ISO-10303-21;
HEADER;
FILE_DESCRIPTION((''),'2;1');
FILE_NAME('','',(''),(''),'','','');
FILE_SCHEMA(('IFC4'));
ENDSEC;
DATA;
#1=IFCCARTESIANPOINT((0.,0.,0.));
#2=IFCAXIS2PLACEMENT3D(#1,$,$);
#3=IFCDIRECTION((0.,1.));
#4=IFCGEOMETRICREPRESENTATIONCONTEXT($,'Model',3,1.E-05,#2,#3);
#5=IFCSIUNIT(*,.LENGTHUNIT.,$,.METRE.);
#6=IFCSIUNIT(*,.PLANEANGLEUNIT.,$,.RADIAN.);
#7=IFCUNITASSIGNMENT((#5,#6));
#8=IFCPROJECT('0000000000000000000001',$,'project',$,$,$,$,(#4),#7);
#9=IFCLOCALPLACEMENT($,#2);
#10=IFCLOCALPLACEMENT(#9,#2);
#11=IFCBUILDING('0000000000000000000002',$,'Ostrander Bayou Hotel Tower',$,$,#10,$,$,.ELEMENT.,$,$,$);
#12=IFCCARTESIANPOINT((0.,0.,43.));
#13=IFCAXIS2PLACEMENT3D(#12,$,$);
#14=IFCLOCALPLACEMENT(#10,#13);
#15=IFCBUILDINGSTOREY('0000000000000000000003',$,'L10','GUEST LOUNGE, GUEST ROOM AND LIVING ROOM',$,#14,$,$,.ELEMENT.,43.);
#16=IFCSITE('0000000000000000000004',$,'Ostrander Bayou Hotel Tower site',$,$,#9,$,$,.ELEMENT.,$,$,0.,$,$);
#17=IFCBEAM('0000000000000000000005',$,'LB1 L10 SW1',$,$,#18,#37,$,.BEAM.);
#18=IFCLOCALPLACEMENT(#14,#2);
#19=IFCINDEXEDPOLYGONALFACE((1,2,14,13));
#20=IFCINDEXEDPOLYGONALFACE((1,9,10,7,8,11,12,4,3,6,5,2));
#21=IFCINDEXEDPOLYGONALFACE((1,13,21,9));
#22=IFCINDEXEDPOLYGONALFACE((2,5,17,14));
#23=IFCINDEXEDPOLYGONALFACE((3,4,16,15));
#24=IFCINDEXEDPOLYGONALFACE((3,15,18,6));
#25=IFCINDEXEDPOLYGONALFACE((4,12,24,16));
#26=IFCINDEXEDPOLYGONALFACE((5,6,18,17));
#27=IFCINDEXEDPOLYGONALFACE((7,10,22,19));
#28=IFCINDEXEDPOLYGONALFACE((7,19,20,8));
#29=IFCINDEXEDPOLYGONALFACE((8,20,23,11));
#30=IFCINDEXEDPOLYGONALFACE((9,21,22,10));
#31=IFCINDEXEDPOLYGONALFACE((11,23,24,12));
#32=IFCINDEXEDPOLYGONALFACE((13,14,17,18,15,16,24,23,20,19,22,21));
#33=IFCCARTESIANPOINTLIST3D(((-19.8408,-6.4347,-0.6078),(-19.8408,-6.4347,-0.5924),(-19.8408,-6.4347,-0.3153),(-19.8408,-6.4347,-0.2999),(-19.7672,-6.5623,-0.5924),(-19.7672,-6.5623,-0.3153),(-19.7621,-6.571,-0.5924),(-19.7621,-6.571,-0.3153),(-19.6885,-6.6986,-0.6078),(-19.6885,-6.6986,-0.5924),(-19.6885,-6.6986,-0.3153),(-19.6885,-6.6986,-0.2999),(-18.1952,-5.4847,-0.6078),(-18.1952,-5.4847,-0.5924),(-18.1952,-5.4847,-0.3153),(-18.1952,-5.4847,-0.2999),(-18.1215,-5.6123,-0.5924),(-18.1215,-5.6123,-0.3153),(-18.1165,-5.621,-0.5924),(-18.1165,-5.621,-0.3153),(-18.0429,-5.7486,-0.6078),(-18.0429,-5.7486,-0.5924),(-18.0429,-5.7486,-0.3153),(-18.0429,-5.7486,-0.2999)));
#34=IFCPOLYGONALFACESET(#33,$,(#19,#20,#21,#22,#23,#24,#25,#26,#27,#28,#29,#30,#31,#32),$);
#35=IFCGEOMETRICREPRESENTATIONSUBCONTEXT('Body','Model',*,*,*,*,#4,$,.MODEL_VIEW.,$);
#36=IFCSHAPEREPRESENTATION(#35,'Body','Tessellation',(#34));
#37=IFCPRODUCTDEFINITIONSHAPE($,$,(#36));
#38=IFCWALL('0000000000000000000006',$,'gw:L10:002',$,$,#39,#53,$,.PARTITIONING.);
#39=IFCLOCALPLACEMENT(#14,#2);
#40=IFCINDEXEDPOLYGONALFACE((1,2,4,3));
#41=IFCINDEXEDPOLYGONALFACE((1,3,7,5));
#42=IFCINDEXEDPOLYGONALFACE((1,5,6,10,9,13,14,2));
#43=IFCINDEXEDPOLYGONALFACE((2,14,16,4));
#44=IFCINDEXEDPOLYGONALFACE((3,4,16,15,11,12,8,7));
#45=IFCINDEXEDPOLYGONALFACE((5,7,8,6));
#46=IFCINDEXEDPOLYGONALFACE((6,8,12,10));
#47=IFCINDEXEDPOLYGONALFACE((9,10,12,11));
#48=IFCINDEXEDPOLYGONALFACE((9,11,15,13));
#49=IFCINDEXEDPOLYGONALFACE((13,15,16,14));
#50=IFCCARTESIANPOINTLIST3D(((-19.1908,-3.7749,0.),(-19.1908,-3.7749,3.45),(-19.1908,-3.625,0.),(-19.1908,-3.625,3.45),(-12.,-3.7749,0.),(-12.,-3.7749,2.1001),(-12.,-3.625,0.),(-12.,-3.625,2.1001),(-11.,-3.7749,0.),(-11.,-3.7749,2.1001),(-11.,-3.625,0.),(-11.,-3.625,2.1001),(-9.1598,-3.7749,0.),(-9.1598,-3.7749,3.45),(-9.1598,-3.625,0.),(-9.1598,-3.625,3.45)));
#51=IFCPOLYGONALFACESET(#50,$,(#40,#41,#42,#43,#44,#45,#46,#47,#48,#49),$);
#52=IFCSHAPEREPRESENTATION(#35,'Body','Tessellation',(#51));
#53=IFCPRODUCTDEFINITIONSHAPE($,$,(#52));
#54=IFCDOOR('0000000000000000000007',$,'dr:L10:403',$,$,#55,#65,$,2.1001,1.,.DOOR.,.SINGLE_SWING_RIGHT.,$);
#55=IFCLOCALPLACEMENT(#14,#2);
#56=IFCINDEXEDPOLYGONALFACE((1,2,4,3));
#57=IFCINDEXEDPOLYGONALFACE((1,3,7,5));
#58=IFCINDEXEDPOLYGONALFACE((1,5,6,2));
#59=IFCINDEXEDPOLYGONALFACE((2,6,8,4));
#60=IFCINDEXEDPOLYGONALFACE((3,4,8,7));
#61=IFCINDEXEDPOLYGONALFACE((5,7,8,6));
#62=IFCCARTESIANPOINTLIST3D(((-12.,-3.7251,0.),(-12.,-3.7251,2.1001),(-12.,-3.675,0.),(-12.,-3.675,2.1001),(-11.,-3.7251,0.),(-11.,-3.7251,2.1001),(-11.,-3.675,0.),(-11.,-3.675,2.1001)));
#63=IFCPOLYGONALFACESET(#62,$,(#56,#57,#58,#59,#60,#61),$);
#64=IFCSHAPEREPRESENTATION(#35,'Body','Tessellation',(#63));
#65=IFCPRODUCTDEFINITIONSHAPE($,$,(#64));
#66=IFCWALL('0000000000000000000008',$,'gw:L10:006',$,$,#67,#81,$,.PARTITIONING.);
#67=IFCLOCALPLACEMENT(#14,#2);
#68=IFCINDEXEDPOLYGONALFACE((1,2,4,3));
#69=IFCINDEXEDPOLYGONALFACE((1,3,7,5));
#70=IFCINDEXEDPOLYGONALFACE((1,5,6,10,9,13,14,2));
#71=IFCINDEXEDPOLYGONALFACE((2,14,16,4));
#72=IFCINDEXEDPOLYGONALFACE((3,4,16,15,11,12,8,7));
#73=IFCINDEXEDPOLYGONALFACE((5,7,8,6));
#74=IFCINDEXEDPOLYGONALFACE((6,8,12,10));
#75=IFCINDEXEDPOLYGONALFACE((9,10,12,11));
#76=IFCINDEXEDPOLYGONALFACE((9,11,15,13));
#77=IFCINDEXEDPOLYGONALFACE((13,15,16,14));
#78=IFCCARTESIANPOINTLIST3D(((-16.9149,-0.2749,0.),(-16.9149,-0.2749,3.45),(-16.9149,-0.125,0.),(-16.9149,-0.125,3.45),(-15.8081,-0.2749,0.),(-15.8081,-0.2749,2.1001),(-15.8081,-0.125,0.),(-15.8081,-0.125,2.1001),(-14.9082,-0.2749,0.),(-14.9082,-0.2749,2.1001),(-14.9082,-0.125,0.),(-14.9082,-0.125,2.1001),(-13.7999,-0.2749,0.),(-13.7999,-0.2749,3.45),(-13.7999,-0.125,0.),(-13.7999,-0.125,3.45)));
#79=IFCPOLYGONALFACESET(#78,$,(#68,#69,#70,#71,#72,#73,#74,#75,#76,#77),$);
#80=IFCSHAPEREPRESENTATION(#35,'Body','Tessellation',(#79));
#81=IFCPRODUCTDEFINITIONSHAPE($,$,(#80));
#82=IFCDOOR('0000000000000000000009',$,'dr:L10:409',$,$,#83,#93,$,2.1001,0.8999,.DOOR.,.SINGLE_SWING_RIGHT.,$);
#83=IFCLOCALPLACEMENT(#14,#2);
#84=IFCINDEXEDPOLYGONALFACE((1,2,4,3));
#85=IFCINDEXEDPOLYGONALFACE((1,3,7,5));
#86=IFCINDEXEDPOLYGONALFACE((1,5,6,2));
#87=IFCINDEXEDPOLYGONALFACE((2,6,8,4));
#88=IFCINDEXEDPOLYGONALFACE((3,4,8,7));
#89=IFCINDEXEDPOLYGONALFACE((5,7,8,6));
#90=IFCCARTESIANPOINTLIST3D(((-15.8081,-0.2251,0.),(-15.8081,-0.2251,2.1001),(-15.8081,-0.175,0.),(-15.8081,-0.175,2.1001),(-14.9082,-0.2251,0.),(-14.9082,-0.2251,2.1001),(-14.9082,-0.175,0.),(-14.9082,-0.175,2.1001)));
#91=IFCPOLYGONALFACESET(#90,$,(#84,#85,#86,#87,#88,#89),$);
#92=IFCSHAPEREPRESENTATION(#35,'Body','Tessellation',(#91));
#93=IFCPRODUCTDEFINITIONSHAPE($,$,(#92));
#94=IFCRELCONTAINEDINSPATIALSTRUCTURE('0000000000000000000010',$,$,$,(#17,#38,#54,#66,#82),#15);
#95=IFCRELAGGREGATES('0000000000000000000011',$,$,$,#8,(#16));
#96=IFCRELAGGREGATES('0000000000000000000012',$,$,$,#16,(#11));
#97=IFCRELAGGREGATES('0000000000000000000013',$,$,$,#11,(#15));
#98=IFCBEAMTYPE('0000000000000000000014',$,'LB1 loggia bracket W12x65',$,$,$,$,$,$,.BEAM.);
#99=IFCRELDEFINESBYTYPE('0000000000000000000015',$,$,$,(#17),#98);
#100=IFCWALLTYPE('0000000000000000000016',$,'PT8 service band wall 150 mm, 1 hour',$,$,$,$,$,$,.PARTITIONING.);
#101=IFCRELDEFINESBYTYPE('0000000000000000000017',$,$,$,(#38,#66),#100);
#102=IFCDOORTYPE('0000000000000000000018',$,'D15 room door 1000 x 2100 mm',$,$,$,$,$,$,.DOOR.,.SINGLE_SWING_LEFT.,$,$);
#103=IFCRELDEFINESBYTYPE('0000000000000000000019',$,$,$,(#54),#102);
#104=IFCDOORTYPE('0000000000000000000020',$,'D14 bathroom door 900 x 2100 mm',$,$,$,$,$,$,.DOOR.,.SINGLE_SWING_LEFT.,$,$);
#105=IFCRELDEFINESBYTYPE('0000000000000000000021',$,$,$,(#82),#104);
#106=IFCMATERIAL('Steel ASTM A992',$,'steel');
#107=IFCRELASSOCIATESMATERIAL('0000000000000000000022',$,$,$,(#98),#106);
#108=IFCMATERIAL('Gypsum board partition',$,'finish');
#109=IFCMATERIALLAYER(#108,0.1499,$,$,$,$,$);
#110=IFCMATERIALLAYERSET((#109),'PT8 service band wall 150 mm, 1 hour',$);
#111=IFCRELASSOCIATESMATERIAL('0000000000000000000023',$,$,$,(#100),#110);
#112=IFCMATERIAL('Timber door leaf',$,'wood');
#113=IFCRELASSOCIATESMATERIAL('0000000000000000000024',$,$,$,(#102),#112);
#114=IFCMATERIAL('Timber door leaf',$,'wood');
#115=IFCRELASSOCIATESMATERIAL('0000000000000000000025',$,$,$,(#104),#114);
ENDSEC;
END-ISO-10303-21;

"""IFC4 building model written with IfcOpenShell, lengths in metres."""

from ifc_helpers import new_model, si_unit, direction, frame, frame_2d, origin, origin_2d, place, context, subcontext, project, spatial, rectangle, i_section, extrude, material, layer, layer_set, material_profile, profile_set, type_object, element, fill, save


model = new_model("IFC4")

# Units and contexts
model_context = context("Model", 3, precision=1e-05, world=origin(), true_north=direction((0.0, 1.0)))
body_context = subcontext(model_context, "Body", "Model", "MODEL_VIEW")
ifc_project = project(units=[si_unit("LENGTHUNIT", "METRE"), si_unit("PLANEANGLEUNIT", "RADIAN")], contexts=[model_context])

# Site, building, storey
site_placement = place(None, origin())
site = spatial("IfcSite", under=ifc_project, at=site_placement, Name="Ostrander Bayou Hotel Tower site", CompositionType="ELEMENT", RefElevation=0.0)
building_placement = place(site_placement, origin())
building = spatial("IfcBuilding", under=site, at=building_placement, Name="Ostrander Bayou Hotel Tower", CompositionType="ELEMENT")
storey_placement = place(building_placement, frame((0.0, 0.0, 43.0)))
storey = spatial("IfcBuildingStorey", under=building, at=storey_placement, Name="L10", Description="GUEST LOUNGE, GUEST ROOM AND LIVING ROOM", CompositionType="ELEMENT", Elevation=43.0)

# Beam
ifc_material_1 = material(Name="Steel ASTM A992", Category="steel")
ifc_material_profile = material_profile(ifc_material_1, i_section(OverallWidth=0.3047, OverallDepth=0.3079, WebThickness=0.01, FlangeThickness=0.0154, at=origin_2d()))
ifc_profile_set = profile_set([ifc_material_profile], Name="Steel ASTM A992")
beam_type = type_object("IfcBeamType", Name="LB1 loggia bracket W12x65", PredefinedType="BEAM", material=ifc_profile_set)
beam_placement = place(storey_placement, frame((-19.7646, -6.5667, -0.4539), z_axis=(0.866044, 0.499967, 0.0), x_axis=(-0.499967, 0.866044, 0.0)))
element("IfcBeam", 1, at=beam_placement, inside=storey, type_object=beam_type, Name="LB1 L10 SW1", PredefinedType="BEAM", context=body_context, shape_type="SweptSolid", body=[
    extrude(i_section(OverallWidth=0.3047, OverallDepth=0.3079, WebThickness=0.01, FlangeThickness=0.0154, at=origin_2d()), origin(), (0.0, 0.0, 1.0), 1.9001),
])

# Walls, openings, doors
ifc_material_2 = material(Name="Gypsum board partition", Category="finish")
ifc_layer_1 = layer(ifc_material_2, 0.1499)
ifc_layer_set_1 = layer_set([ifc_layer_1], Name="PT8 service band wall 150 mm, 1 hour")
wall_type_1 = type_object("IfcWallType", Name="PT8 service band wall 150 mm, 1 hour", PredefinedType="PARTITIONING", material=ifc_layer_set_1)
wall_1_placement = place(storey_placement, frame((-19.1909, -3.7, 0.0), z_axis=(0.0, 0.0, 1.0), x_axis=(1.0, 0.0, 0.0)))
wall_1 = element("IfcWall", 2, at=wall_1_placement, inside=storey, type_object=wall_type_1, Name="gw:L10:002", PredefinedType="PARTITIONING", context=body_context, shape_type="SweptSolid", body=[
    extrude(rectangle(XDim=10.031, YDim=0.1499, at=frame_2d((5.0156, 0.0))), origin(), (0.0, 0.0, 1.0), 3.45),
])
opening_1_placement = place(wall_1_placement, frame((7.1909, 0.0, 0.0)))
opening_1 = element("IfcOpeningElement", 3, at=opening_1_placement, cuts=wall_1, PredefinedType="OPENING", context=body_context, shape_type="SweptSolid", body=[
    extrude(rectangle(XDim=1.0, YDim=2.1001, at=frame_2d((0.5, 1.05))), frame((0.0, 0.075, 0.0), z_axis=(0.0, -1.0, 0.0), x_axis=(1.0, 0.0, 0.0)), (0.0, 0.0, 1.0), 0.1499),
])
ifc_material_3 = material(Name="Timber door leaf", Category="wood")
door_type_1 = type_object("IfcDoorType", Name="D15 room door 1000 x 2100 mm", OperationType="SINGLE_SWING_LEFT", PredefinedType="DOOR", material=ifc_material_3)
door_1_placement = place(opening_1_placement, origin())
door_1 = element("IfcDoor", 4, at=door_1_placement, inside=storey, type_object=door_type_1, Name="dr:L10:403", OperationType="SINGLE_SWING_RIGHT", OverallHeight=2.1001, OverallWidth=1.0, PredefinedType="DOOR", context=body_context, shape_type="SweptSolid", body=[
    extrude(rectangle(XDim=1.0, YDim=2.1001, at=frame_2d((0.5, 1.05))), frame((0.0, 0.0249, 0.0), z_axis=(0.0, -1.0, 0.0), x_axis=(1.0, 0.0, 0.0)), (0.0, 0.0, 1.0), 0.05),
])
fill(opening_1, door_1)
wall_2_placement = place(storey_placement, frame((-16.915, -0.2, 0.0), z_axis=(0.0, 0.0, 1.0), x_axis=(1.0, 0.0, 0.0)))
wall_2 = element("IfcWall", 5, at=wall_2_placement, inside=storey, type_object=wall_type_1, Name="gw:L10:006", PredefinedType="PARTITIONING", context=body_context, shape_type="SweptSolid", body=[
    extrude(rectangle(XDim=3.115, YDim=0.1499, at=frame_2d((1.5576, 0.0))), origin(), (0.0, 0.0, 1.0), 3.45),
])
opening_2_placement = place(wall_2_placement, frame((1.1069, 0.0, 0.0)))
opening_2 = element("IfcOpeningElement", 6, at=opening_2_placement, cuts=wall_2, PredefinedType="OPENING", context=body_context, shape_type="SweptSolid", body=[
    extrude(rectangle(XDim=0.8999, YDim=2.1001, at=frame_2d((0.45, 1.05))), frame((0.0, 0.075, 0.0), z_axis=(0.0, -1.0, 0.0), x_axis=(1.0, 0.0, 0.0)), (0.0, 0.0, 1.0), 0.1499),
])
ifc_material_4 = material(Name="Timber door leaf", Category="wood")
door_type_2 = type_object("IfcDoorType", Name="D14 bathroom door 900 x 2100 mm", OperationType="SINGLE_SWING_LEFT", PredefinedType="DOOR", material=ifc_material_4)
door_2_placement = place(opening_2_placement, origin())
door_2 = element("IfcDoor", 7, at=door_2_placement, inside=storey, type_object=door_type_2, Name="dr:L10:409", OperationType="SINGLE_SWING_RIGHT", OverallHeight=2.1001, OverallWidth=0.8999, PredefinedType="DOOR", context=body_context, shape_type="SweptSolid", body=[
    extrude(rectangle(XDim=0.8999, YDim=2.1001, at=frame_2d((0.45, 1.05))), frame((0.0, 0.0249, 0.0), z_axis=(0.0, -1.0, 0.0), x_axis=(1.0, 0.0, 0.0)), (0.0, 0.0, 1.0), 0.05),
])
fill(opening_2, door_2)

save(model, "model.ifc")
